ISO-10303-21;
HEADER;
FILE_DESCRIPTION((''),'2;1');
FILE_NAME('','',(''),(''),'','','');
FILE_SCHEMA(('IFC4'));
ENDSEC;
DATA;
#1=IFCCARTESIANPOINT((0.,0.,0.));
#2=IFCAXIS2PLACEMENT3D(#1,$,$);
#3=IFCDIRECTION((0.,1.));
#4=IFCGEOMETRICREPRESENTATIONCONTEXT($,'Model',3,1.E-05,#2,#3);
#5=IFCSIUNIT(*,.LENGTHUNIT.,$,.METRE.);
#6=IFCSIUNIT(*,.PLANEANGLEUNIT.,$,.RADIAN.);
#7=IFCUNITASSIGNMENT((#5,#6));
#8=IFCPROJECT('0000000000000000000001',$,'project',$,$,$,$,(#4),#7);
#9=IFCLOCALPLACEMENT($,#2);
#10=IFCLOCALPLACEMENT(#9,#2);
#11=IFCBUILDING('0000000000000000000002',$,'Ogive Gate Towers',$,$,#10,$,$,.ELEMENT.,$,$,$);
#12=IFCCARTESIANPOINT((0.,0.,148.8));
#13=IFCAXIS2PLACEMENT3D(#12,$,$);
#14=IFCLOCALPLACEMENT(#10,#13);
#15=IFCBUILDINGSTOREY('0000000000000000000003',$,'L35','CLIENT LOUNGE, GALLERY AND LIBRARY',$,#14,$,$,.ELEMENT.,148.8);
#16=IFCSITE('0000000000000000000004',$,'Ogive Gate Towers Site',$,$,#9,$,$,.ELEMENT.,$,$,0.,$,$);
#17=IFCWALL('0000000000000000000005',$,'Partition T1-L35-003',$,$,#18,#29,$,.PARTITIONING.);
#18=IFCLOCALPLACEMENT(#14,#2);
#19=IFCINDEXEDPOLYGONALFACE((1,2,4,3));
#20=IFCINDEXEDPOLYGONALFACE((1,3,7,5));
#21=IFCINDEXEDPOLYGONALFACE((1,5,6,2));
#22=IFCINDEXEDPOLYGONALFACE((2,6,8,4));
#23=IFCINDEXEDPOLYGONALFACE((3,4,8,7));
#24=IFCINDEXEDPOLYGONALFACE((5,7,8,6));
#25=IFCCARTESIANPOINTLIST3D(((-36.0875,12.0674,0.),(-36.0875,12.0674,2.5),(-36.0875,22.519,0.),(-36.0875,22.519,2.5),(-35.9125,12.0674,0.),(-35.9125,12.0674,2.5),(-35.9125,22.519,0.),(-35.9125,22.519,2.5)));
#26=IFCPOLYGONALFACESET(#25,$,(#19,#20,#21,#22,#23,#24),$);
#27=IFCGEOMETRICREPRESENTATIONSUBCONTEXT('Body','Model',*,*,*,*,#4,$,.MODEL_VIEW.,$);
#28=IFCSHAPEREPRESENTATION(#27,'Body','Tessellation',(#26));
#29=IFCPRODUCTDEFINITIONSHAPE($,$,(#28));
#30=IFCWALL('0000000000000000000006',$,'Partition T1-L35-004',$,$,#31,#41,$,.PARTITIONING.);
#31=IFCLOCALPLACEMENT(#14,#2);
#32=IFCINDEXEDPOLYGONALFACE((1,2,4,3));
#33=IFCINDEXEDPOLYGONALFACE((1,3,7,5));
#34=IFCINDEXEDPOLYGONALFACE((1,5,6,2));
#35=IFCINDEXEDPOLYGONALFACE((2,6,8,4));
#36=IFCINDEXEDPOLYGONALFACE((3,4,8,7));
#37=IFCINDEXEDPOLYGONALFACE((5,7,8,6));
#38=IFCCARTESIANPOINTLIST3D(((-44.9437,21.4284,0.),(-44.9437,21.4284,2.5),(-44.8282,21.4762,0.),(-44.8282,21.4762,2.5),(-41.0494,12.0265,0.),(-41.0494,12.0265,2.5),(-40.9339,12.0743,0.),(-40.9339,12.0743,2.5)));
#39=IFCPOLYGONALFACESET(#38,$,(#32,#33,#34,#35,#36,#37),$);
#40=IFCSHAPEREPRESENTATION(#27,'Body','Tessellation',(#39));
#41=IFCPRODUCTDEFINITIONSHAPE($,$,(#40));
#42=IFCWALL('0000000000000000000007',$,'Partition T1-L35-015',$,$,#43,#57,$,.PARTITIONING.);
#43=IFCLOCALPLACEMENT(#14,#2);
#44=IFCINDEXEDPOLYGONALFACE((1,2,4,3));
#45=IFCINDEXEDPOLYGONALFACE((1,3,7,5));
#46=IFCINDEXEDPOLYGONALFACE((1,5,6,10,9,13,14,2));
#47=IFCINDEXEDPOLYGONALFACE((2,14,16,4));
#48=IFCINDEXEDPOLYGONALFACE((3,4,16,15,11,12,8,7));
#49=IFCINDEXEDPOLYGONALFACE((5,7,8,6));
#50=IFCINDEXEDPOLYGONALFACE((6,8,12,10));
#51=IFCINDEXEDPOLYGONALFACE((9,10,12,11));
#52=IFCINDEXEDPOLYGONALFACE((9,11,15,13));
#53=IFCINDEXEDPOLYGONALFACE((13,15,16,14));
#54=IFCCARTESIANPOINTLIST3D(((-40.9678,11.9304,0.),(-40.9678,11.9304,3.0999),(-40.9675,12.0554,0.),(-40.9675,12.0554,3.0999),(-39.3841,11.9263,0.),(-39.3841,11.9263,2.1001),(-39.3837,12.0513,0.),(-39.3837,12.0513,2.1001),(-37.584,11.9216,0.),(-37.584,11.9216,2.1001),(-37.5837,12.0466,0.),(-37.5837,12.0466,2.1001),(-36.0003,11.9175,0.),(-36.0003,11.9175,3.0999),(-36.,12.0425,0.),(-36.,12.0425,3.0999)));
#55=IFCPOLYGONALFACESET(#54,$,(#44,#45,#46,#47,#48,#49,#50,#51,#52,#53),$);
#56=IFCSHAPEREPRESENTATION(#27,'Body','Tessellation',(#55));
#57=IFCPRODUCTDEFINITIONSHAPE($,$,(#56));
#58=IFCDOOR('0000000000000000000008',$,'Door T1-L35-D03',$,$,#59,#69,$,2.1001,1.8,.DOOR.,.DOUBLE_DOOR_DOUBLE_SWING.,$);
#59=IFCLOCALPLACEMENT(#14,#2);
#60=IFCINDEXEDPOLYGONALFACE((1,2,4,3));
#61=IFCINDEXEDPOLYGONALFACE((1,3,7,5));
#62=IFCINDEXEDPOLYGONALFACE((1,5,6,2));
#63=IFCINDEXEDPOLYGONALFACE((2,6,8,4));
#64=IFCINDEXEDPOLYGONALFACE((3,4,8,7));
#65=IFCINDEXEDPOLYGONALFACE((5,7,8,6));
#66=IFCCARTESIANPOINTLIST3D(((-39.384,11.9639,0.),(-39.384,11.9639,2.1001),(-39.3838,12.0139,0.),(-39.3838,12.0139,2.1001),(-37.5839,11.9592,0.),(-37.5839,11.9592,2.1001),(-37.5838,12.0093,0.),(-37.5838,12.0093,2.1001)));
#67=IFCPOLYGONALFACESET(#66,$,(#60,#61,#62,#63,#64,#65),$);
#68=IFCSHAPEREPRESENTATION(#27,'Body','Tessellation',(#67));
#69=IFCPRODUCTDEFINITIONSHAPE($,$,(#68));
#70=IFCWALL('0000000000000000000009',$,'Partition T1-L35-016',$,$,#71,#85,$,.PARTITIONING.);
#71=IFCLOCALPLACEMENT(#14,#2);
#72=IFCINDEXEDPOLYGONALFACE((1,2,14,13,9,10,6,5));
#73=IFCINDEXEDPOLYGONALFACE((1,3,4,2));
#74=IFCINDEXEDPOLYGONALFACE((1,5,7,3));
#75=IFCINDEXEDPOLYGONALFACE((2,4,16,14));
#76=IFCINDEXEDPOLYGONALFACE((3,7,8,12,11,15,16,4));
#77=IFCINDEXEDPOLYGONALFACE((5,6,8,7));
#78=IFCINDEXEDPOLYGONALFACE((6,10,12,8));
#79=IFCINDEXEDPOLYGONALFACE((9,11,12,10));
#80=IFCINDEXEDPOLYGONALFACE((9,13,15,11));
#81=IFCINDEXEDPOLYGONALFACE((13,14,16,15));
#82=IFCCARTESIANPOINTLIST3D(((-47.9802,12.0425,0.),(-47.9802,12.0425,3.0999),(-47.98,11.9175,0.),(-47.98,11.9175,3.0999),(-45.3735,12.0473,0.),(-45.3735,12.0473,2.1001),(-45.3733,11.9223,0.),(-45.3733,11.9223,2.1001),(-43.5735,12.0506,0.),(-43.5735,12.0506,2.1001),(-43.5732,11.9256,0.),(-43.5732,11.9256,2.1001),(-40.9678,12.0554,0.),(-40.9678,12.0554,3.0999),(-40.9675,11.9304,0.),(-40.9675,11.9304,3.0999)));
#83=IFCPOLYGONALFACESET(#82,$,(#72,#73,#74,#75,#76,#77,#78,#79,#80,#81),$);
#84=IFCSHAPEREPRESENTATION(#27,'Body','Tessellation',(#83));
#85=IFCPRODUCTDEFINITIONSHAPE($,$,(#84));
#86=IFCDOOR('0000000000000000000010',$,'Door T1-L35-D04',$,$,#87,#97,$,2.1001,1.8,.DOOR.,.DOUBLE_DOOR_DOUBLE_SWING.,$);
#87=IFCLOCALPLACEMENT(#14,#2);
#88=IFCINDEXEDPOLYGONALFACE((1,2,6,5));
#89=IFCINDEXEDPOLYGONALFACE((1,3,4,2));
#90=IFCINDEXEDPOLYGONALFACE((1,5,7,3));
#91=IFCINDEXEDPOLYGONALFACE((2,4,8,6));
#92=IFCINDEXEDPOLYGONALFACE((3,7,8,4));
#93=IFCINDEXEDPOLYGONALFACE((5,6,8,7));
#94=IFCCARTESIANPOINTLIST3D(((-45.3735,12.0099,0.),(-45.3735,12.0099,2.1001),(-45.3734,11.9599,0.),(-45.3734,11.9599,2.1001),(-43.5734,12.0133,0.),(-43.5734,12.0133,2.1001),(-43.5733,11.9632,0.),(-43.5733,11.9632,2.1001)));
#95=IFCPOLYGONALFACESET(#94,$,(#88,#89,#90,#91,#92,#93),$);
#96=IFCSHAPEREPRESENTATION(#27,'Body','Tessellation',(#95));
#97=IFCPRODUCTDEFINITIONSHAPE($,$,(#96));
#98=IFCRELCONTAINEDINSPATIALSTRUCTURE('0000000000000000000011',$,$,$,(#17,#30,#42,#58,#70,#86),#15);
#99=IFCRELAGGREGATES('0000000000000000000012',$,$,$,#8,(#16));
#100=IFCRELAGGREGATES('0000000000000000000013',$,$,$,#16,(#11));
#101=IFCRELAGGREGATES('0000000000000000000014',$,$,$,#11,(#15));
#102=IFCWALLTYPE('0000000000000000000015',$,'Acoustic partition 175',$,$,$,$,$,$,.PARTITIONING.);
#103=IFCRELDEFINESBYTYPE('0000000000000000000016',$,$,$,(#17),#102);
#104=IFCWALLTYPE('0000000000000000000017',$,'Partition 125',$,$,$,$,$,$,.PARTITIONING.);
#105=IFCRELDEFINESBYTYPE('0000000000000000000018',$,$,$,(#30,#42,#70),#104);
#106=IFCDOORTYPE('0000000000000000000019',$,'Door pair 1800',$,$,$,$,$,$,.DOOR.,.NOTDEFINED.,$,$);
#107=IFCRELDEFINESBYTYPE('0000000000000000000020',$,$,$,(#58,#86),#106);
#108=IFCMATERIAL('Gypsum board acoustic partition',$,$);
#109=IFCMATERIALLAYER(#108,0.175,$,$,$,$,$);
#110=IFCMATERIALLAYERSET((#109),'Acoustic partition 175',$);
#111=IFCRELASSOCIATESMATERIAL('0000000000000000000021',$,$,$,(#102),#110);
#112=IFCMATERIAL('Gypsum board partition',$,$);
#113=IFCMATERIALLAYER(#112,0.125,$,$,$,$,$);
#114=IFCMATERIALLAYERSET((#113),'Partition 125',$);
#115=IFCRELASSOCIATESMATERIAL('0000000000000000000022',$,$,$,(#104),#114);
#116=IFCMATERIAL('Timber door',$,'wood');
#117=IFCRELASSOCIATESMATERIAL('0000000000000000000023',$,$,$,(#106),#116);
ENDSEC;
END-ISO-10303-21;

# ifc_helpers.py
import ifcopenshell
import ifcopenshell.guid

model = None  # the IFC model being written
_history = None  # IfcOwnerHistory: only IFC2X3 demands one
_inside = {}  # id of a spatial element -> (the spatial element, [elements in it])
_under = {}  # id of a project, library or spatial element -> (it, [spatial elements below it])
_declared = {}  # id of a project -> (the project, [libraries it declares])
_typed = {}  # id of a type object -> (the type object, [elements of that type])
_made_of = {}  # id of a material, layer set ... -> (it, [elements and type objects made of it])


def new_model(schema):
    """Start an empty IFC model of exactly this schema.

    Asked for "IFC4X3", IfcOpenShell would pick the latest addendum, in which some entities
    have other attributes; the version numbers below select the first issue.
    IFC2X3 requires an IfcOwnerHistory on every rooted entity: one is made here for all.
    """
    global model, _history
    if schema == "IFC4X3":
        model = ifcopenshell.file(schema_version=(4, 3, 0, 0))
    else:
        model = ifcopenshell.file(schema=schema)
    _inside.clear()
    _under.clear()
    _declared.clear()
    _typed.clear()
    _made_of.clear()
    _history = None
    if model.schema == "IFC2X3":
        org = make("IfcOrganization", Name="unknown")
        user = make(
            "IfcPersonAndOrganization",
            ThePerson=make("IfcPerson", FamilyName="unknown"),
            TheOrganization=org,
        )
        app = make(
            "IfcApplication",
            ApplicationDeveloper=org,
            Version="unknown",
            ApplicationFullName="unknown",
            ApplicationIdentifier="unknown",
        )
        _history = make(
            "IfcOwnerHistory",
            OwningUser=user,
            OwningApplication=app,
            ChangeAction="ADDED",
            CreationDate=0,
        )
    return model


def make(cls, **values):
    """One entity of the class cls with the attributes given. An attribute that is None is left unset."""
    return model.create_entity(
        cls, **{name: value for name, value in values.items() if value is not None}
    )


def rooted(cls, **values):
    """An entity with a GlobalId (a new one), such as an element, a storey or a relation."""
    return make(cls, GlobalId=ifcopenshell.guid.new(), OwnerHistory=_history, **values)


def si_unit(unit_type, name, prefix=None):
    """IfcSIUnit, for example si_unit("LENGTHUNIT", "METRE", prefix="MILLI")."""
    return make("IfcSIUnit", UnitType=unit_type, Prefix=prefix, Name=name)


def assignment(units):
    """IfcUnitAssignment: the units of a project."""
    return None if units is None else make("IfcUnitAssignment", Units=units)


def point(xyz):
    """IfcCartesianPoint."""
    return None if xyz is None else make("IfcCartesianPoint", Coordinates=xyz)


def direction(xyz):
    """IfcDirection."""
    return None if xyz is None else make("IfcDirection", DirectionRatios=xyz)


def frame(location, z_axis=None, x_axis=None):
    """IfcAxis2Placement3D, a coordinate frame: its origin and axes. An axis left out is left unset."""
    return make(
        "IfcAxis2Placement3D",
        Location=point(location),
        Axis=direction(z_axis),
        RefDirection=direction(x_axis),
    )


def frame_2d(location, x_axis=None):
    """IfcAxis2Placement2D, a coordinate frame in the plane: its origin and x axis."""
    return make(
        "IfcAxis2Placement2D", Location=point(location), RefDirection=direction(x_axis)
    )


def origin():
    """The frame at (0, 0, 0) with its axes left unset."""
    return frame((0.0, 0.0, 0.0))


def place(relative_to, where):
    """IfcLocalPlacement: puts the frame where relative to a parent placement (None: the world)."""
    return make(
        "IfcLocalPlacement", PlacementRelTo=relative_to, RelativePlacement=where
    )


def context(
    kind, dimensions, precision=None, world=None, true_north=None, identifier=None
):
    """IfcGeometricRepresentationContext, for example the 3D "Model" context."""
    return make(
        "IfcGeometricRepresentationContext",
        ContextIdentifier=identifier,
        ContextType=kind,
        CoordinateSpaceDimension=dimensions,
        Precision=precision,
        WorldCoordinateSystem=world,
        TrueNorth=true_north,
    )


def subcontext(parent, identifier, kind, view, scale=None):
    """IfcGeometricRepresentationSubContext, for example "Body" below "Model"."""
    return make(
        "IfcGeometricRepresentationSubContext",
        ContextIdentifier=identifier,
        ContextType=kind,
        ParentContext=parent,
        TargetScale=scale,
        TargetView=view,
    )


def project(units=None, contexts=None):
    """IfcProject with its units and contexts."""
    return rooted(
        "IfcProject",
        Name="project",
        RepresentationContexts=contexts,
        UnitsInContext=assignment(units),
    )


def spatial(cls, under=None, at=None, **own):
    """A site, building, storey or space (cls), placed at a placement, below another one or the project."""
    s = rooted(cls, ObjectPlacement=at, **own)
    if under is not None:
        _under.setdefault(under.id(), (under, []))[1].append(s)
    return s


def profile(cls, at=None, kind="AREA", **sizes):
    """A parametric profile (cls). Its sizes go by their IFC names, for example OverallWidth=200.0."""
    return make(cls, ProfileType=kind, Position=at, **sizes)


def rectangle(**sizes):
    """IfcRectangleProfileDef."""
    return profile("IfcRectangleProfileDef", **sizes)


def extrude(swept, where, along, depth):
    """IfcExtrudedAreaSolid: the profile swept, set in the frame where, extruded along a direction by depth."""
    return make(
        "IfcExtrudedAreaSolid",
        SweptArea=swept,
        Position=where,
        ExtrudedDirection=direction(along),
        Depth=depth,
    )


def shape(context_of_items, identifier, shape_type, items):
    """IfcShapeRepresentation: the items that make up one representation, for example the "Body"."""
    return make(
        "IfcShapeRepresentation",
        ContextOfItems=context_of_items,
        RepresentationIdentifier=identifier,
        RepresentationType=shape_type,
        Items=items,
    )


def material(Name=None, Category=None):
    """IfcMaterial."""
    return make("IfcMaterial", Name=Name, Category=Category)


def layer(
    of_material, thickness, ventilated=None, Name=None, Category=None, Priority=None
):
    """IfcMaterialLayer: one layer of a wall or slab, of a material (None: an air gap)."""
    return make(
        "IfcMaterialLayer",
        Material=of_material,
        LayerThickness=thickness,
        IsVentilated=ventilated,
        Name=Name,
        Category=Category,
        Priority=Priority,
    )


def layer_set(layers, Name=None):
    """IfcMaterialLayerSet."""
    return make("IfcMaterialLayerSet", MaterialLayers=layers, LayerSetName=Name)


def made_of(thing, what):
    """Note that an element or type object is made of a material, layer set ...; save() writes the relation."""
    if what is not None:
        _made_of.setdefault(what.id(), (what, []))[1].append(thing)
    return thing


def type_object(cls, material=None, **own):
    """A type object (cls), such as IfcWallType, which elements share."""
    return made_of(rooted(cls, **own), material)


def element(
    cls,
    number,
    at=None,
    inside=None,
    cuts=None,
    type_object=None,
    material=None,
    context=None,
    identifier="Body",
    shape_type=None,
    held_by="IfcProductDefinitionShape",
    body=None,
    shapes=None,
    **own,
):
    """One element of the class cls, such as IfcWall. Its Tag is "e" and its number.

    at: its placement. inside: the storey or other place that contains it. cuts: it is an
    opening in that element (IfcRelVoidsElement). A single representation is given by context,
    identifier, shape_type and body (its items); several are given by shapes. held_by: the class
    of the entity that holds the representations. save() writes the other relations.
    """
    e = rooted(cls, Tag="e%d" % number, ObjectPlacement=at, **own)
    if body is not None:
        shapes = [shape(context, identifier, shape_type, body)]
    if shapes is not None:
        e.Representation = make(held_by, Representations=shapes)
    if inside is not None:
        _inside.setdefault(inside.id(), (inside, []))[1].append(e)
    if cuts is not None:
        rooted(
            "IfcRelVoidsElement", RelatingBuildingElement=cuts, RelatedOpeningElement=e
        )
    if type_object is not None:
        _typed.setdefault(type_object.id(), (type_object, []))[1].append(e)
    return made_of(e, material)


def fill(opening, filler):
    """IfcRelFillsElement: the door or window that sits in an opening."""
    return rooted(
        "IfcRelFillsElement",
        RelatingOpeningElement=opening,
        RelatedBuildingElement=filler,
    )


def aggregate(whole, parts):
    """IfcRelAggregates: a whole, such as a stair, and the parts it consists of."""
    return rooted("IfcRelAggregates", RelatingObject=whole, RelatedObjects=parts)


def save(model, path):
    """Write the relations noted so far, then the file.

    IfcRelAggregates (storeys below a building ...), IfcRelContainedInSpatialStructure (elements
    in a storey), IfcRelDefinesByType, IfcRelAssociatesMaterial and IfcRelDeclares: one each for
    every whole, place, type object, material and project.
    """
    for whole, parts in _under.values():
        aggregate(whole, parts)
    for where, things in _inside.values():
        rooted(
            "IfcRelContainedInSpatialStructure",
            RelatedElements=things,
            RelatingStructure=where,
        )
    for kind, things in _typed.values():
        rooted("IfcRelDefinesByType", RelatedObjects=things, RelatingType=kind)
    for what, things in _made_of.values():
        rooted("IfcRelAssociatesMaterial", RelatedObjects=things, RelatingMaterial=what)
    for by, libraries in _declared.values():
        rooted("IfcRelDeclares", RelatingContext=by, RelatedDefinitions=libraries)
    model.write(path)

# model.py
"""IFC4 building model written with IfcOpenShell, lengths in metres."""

from ifc_helpers import new_model, si_unit, direction, frame, frame_2d, origin, place, context, subcontext, project, spatial, rectangle, extrude, material, layer, layer_set, type_object, element, fill, save


model = new_model("IFC4")

# Units and contexts
model_context = context("Model", 3, precision=1e-05, world=origin(), true_north=direction((0.0, 1.0)))
body_context = subcontext(model_context, "Body", "Model", "MODEL_VIEW")
ifc_project = project(units=[si_unit("LENGTHUNIT", "METRE"), si_unit("PLANEANGLEUNIT", "RADIAN")], contexts=[model_context])

# Site, building, storey
site_placement = place(None, origin())
site = spatial("IfcSite", under=ifc_project, at=site_placement, Name="Ogive Gate Towers Site", CompositionType="ELEMENT", RefElevation=0.0)
building_placement = place(site_placement, origin())
building = spatial("IfcBuilding", under=site, at=building_placement, Name="Ogive Gate Towers", CompositionType="ELEMENT")
storey_placement = place(building_placement, frame((0.0, 0.0, 148.8)))
storey = spatial("IfcBuildingStorey", under=building, at=storey_placement, Name="L35", Description="CLIENT LOUNGE, GALLERY AND LIBRARY", CompositionType="ELEMENT", Elevation=148.8)

# Walls
ifc_material_1 = material(Name="Gypsum board acoustic partition")
ifc_layer_1 = layer(ifc_material_1, 0.175)
ifc_layer_set_1 = layer_set([ifc_layer_1], Name="Acoustic partition 175")
wall_type_1 = type_object("IfcWallType", Name="Acoustic partition 175", PredefinedType="PARTITIONING", material=ifc_layer_set_1)
wall_1_placement = place(storey_placement, frame((-36.0, 22.519, 0.0), z_axis=(0.0, 0.0, 1.0), x_axis=(0.0, -1.0, 0.0)))
element("IfcWall", 1, at=wall_1_placement, inside=storey, type_object=wall_type_1, Name="Partition T1-L35-003", PredefinedType="PARTITIONING", context=body_context, shape_type="SweptSolid", body=[
    extrude(rectangle(XDim=10.4517, YDim=0.175, at=frame_2d((5.2258, 0.0))), origin(), (0.0, 0.0, 1.0), 2.5),
])
ifc_material_2 = material(Name="Gypsum board partition")
ifc_layer_2 = layer(ifc_material_2, 0.125)
ifc_layer_set_2 = layer_set([ifc_layer_2], Name="Partition 125")
wall_type_2 = type_object("IfcWallType", Name="Partition 125", PredefinedType="PARTITIONING", material=ifc_layer_set_2)
wall_2_placement = place(storey_placement, frame((-44.886, 21.4524, 0.0), z_axis=(0.0, 0.0, 1.0), x_axis=(0.382676, -0.923883, 0.0)))
element("IfcWall", 2, at=wall_2_placement, inside=storey, type_object=wall_type_2, Name="Partition T1-L35-004", PredefinedType="PARTITIONING", context=body_context, shape_type="SweptSolid", body=[
    extrude(rectangle(XDim=10.1765, YDim=0.125, at=frame_2d((5.0884, 0.0))), origin(), (0.0, 0.0, 1.0), 2.5),
])

# Walls, openings, doors
wall_3_placement = place(storey_placement, frame((-36.0, 11.98, 0.0), z_axis=(0.0, 0.0, 1.0), x_axis=(-0.999997, 0.002605, 0.0)))
wall_3 = element("IfcWall", 3, at=wall_3_placement, inside=storey, type_object=wall_type_2, Name="Partition T1-L35-015", PredefinedType="PARTITIONING", context=body_context, shape_type="SweptSolid", body=[
    extrude(rectangle(XDim=4.9675, YDim=0.125, at=frame_2d((2.4839, 0.0))), origin(), (0.0, 0.0, 1.0), 3.0999),
])
opening_1_placement = place(wall_3_placement, frame((1.584, 0.0, 0.0)))
opening_1 = element("IfcOpeningElement", 4, at=opening_1_placement, cuts=wall_3, PredefinedType="OPENING", context=body_context, shape_type="SweptSolid", body=[
    extrude(rectangle(XDim=1.8, YDim=2.1001, at=frame_2d((0.8999, 1.05))), frame((0.0, 0.0725, 0.0), z_axis=(0.0, -1.0, 0.0), x_axis=(1.0, 0.0, 0.0)), (0.0, 0.0, 1.0), 0.145),
])
ifc_material_3 = material(Name="Timber door", Category="wood")
door_type = type_object("IfcDoorType", Name="Door pair 1800", OperationType="NOTDEFINED", PredefinedType="DOOR", material=ifc_material_3)
door_1_placement = place(opening_1_placement, origin())
door_1 = element("IfcDoor", 5, at=door_1_placement, inside=storey, type_object=door_type, Name="Door T1-L35-D03", OperationType="DOUBLE_DOOR_DOUBLE_SWING", OverallHeight=2.1001, OverallWidth=1.8, PredefinedType="DOOR", context=body_context, shape_type="SweptSolid", body=[
    extrude(rectangle(XDim=1.8, YDim=2.1001, at=frame_2d((0.8999, 1.05))), frame((0.0, 0.0249, 0.0), z_axis=(0.0, -1.0, 0.0), x_axis=(1.0, 0.0, 0.0)), (0.0, 0.0, 1.0), 0.05),
])
fill(opening_1, door_1)
wall_4_placement = place(storey_placement, frame((-40.9675, 11.9929, 0.0), z_axis=(0.0, 0.0, 1.0), x_axis=(-0.999998, -0.001845, 0.0)))
wall_4 = element("IfcWall", 6, at=wall_4_placement, inside=storey, type_object=wall_type_2, Name="Partition T1-L35-016", PredefinedType="PARTITIONING", context=body_context, shape_type="SweptSolid", body=[
    extrude(rectangle(XDim=7.0125, YDim=0.125, at=frame_2d((3.5063, 0.0))), origin(), (0.0, 0.0, 1.0), 3.0999),
])
opening_2_placement = place(wall_4_placement, frame((2.606, 0.0, 0.0)))
opening_2 = element("IfcOpeningElement", 7, at=opening_2_placement, cuts=wall_4, PredefinedType="OPENING", context=body_context, shape_type="SweptSolid", body=[
    extrude(rectangle(XDim=1.8, YDim=2.1001, at=frame_2d((0.8999, 1.05))), frame((0.0, 0.0725, 0.0), z_axis=(0.0, -1.0, 0.0), x_axis=(1.0, 0.0, 0.0)), (0.0, 0.0, 1.0), 0.145),
])
door_2_placement = place(opening_2_placement, origin())
door_2 = element("IfcDoor", 8, at=door_2_placement, inside=storey, type_object=door_type, Name="Door T1-L35-D04", OperationType="DOUBLE_DOOR_DOUBLE_SWING", OverallHeight=2.1001, OverallWidth=1.8, PredefinedType="DOOR", context=body_context, shape_type="SweptSolid", body=[
    extrude(rectangle(XDim=1.8, YDim=2.1001, at=frame_2d((0.8999, 1.05))), frame((0.0, 0.0249, 0.0), z_axis=(0.0, -1.0, 0.0), x_axis=(1.0, 0.0, 0.0)), (0.0, 0.0, 1.0), 0.05),
])
fill(opening_2, door_2)

save(model, "model.ifc")
